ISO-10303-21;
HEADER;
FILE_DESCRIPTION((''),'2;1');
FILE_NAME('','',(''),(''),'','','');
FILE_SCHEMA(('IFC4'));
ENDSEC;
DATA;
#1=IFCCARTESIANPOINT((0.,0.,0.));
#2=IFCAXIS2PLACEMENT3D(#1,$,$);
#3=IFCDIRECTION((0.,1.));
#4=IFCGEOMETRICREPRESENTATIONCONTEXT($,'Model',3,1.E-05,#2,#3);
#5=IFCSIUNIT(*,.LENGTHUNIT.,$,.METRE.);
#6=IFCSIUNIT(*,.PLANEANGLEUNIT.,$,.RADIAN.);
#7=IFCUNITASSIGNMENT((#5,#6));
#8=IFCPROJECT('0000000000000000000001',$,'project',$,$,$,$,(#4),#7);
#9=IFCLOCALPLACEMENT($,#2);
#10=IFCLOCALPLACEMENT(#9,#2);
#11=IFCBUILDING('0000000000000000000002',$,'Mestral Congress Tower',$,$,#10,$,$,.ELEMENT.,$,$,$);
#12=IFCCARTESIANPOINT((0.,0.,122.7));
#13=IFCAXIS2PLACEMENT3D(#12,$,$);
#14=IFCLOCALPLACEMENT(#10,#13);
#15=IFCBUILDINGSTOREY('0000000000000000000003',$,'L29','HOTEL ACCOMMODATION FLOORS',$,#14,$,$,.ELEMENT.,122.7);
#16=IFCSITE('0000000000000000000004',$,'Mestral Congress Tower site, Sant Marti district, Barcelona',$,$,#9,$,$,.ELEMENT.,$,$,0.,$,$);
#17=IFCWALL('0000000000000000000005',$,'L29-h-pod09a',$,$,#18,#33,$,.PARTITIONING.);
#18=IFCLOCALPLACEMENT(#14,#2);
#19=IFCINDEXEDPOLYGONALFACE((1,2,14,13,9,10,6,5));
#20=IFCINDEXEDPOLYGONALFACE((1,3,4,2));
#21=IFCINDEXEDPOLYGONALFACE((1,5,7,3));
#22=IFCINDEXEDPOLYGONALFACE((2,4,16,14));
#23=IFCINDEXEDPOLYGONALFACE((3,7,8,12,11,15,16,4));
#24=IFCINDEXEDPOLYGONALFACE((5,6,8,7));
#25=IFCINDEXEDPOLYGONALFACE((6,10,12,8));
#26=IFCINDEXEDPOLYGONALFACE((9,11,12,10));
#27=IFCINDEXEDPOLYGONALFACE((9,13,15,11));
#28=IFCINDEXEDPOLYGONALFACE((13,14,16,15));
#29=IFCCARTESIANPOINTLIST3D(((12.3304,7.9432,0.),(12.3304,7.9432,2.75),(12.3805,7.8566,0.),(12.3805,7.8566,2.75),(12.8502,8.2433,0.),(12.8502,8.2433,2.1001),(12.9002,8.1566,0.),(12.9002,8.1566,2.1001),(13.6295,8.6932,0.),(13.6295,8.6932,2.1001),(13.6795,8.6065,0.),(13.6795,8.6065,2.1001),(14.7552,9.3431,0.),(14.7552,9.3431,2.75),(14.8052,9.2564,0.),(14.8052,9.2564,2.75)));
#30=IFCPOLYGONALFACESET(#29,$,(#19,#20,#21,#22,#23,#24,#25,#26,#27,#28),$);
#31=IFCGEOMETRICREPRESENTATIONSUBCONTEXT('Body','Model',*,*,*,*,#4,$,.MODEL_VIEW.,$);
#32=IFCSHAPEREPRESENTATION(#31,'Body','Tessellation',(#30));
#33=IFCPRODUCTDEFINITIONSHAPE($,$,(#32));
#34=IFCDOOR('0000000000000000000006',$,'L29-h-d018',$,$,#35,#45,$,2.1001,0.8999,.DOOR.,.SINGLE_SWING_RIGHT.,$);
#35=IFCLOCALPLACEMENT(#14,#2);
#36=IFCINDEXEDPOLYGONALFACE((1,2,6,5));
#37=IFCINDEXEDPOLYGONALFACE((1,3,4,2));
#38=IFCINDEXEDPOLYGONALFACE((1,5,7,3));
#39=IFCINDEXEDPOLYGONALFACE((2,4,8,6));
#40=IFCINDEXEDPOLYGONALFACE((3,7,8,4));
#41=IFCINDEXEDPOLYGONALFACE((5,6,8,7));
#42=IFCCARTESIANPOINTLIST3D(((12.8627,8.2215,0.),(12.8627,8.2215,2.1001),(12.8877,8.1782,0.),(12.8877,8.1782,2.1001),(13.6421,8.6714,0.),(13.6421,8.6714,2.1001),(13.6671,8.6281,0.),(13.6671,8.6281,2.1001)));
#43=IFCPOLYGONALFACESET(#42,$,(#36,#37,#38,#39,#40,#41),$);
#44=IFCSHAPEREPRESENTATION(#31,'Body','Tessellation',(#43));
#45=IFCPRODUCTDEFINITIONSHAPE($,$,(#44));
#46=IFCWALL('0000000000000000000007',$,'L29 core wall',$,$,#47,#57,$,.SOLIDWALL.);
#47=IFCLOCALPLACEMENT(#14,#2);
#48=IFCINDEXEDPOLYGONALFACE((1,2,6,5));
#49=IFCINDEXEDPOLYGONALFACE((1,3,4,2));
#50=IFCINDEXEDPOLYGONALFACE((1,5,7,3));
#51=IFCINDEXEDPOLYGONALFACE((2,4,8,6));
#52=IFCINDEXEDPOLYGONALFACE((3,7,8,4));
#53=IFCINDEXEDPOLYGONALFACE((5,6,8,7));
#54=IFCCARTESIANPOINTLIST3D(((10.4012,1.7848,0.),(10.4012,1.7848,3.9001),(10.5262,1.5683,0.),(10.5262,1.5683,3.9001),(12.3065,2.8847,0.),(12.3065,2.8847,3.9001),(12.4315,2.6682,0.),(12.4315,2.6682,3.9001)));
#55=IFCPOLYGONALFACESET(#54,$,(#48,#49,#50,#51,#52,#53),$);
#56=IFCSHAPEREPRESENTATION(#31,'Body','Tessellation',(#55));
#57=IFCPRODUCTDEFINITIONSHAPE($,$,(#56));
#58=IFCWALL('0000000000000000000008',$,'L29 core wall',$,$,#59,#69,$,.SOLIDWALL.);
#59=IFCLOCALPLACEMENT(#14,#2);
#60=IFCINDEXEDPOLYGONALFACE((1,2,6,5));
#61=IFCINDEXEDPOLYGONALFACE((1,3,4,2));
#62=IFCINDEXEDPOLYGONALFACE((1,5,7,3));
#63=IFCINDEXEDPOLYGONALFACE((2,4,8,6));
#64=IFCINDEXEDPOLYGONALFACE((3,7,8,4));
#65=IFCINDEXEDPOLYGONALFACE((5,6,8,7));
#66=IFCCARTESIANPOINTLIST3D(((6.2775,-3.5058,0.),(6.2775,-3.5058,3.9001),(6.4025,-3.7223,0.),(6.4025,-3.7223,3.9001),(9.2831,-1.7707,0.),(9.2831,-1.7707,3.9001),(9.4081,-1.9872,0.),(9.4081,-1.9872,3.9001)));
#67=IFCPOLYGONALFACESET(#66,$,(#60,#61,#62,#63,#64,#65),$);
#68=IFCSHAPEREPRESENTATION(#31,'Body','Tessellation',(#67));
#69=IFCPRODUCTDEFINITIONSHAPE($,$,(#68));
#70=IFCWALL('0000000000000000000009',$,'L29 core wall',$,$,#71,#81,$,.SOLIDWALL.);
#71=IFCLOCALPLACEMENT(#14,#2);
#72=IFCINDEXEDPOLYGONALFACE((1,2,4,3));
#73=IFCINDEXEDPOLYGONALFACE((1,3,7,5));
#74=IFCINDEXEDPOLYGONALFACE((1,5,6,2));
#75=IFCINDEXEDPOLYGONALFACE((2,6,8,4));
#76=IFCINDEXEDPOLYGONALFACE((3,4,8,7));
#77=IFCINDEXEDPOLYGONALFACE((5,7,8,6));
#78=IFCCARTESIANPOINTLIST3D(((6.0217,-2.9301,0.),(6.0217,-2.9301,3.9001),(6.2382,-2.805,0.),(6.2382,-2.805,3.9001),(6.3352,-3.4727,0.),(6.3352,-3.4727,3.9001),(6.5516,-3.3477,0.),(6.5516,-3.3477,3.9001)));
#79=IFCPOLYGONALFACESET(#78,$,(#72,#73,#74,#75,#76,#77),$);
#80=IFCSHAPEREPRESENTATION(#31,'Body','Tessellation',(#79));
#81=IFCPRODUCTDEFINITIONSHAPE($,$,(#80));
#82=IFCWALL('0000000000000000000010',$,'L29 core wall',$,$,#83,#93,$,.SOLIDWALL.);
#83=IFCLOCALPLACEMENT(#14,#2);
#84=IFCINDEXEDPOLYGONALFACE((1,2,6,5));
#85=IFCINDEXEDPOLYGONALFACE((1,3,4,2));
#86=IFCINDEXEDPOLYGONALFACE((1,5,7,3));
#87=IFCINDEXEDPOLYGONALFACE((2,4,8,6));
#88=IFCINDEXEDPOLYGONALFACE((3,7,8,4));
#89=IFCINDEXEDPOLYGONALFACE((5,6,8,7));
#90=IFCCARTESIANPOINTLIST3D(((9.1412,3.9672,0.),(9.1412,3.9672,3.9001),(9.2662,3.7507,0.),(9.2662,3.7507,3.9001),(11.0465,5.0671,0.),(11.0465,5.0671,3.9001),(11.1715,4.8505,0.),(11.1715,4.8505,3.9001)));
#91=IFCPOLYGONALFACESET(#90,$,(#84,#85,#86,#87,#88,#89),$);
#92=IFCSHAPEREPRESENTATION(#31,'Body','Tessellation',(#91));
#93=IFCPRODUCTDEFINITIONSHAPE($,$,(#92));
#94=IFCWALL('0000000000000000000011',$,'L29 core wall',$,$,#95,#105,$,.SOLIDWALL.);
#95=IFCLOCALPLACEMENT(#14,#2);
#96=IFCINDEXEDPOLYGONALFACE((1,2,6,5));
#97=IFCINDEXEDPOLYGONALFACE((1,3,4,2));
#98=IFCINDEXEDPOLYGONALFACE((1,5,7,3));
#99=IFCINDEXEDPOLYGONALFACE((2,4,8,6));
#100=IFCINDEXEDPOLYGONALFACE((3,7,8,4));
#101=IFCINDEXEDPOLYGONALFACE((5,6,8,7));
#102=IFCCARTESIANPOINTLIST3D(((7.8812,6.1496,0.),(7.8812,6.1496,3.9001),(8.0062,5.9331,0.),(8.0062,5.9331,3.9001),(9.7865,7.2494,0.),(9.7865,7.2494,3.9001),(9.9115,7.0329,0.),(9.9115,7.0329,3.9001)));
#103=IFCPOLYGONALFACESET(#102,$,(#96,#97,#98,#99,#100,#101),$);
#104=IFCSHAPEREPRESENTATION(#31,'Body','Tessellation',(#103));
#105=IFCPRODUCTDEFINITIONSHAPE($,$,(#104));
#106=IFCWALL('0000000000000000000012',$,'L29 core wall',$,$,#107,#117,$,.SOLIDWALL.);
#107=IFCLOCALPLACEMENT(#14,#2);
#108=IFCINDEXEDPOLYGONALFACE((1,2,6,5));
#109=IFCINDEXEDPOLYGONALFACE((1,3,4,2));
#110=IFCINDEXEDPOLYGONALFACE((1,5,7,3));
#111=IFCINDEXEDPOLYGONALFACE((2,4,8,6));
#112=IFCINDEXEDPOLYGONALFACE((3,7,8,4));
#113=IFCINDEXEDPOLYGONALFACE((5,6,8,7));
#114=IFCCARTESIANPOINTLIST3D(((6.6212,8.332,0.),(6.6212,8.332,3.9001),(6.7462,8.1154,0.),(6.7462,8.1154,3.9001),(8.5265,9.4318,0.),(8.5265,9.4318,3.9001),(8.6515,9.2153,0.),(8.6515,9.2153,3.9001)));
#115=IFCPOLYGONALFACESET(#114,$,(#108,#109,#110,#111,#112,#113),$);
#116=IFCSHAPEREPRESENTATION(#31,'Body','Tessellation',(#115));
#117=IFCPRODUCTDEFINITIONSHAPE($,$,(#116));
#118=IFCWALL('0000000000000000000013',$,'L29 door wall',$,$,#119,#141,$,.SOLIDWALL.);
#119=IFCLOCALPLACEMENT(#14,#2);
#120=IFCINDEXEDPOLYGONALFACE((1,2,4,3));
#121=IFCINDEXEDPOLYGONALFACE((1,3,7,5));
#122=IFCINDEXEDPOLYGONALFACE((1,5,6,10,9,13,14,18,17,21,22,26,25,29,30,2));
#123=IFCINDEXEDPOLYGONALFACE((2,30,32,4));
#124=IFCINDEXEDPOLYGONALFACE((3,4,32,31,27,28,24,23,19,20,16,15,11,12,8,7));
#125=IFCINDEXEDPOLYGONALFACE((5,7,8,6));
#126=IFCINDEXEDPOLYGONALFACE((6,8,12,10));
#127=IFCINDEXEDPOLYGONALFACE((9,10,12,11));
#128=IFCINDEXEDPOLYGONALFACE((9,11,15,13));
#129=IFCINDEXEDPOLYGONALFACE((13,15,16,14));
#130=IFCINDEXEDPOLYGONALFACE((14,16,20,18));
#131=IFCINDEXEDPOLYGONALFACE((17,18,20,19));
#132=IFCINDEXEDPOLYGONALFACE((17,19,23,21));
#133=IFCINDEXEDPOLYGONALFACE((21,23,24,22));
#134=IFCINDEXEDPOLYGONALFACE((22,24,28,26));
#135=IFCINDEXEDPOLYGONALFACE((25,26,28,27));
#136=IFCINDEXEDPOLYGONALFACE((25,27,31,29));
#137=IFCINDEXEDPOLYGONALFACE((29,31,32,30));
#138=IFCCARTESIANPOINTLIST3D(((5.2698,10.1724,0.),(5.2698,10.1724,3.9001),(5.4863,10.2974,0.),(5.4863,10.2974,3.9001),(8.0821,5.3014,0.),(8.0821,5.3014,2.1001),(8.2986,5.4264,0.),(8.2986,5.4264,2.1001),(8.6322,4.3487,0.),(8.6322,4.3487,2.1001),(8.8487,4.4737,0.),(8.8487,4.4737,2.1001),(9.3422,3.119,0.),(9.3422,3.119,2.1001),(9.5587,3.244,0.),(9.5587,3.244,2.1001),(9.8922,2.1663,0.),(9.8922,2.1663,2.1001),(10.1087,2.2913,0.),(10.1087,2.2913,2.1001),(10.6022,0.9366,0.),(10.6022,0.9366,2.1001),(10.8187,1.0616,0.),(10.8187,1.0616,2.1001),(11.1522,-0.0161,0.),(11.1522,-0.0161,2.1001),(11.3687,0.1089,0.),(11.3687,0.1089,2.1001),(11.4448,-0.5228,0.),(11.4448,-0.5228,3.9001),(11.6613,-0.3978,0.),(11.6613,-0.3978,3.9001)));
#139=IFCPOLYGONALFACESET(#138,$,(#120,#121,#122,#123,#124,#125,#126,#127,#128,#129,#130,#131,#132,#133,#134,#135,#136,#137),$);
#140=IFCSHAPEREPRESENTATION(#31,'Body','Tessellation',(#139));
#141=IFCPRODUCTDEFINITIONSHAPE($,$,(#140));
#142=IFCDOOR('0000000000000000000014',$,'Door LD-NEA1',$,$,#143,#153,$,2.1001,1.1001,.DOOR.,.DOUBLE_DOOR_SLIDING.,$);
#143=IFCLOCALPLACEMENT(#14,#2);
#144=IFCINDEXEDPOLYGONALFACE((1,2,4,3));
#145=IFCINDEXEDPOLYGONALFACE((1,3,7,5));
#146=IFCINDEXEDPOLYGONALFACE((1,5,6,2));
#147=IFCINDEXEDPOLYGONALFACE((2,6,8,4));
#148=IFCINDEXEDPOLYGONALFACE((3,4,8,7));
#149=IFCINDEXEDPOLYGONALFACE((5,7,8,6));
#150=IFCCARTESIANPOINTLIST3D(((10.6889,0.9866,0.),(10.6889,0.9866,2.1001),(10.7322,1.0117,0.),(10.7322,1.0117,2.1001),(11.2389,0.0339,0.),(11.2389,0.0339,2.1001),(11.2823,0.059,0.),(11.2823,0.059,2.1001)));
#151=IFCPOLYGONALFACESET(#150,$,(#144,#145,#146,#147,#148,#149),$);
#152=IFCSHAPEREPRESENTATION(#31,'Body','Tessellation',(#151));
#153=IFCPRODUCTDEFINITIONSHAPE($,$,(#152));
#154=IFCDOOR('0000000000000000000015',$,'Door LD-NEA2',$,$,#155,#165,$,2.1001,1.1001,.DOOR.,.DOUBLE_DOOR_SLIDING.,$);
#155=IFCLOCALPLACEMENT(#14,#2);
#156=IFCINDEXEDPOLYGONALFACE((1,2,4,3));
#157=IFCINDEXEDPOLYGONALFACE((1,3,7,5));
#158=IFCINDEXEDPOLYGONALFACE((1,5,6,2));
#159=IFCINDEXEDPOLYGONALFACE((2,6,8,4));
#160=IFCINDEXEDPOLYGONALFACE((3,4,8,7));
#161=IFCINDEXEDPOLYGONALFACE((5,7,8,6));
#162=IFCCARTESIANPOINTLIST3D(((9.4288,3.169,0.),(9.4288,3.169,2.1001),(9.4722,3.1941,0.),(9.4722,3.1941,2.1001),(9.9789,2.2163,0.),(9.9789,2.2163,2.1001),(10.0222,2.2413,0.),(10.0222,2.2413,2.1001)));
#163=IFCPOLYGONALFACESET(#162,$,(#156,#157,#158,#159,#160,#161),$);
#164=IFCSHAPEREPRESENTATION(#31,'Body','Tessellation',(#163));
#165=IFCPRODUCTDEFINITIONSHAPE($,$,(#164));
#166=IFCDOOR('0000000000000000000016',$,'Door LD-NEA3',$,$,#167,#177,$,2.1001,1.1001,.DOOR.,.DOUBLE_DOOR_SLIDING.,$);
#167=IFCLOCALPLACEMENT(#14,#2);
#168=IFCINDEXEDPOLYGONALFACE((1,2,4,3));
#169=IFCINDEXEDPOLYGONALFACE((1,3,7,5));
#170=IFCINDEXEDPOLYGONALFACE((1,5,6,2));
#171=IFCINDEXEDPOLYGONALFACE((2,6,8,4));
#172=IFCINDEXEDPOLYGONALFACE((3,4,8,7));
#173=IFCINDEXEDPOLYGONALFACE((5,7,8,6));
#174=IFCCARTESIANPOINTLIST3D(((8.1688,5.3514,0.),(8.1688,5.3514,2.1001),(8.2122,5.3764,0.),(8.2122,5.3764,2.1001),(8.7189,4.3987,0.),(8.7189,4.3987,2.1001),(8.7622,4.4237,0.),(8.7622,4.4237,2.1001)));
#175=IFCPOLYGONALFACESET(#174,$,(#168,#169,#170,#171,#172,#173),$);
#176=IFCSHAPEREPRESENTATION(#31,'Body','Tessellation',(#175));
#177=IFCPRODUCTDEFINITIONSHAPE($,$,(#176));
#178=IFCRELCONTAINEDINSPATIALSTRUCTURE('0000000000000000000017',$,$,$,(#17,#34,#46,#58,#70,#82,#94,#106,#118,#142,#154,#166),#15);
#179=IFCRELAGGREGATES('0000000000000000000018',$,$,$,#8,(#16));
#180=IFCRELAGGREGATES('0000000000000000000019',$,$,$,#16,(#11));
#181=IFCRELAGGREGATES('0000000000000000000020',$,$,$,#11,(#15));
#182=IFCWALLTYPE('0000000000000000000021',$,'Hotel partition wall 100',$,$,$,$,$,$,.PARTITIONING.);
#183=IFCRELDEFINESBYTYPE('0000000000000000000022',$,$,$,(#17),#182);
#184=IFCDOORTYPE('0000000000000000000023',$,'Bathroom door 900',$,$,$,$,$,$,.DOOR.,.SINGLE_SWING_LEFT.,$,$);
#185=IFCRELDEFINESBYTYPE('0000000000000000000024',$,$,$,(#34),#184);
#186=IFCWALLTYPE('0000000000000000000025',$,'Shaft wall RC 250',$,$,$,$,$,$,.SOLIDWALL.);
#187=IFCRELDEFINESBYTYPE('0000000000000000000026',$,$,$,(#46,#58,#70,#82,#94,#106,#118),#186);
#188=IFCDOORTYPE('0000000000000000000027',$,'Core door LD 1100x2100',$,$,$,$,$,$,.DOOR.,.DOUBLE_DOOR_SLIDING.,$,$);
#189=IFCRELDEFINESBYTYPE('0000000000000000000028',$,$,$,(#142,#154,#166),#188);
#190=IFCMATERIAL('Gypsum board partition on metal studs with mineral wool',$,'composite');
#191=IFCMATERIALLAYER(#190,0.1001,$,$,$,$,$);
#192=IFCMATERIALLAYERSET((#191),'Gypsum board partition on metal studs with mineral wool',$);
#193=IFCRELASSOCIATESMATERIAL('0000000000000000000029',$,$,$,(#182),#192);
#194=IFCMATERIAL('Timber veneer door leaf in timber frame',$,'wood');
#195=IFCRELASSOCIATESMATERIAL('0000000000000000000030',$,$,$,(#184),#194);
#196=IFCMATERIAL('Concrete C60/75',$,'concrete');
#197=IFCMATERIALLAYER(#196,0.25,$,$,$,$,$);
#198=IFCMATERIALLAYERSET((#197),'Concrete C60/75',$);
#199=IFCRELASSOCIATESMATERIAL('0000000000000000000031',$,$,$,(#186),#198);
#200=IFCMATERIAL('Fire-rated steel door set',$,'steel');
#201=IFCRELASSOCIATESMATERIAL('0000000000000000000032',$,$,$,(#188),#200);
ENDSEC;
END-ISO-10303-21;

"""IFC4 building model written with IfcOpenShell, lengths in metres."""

from ifc_helpers import new_model, si_unit, direction, frame, frame_2d, origin, place, context, subcontext, project, spatial, rectangle, extrude, material, layer, layer_set, type_object, element, fill, save


model = new_model("IFC4")

# Units and contexts
model_context = context("Model", 3, precision=1e-05, world=origin(), true_north=direction((0.0, 1.0)))
body_context = subcontext(model_context, "Body", "Model", "MODEL_VIEW")
ifc_project = project(units=[si_unit("LENGTHUNIT", "METRE"), si_unit("PLANEANGLEUNIT", "RADIAN")], contexts=[model_context])

# Site, building, storey
site_placement = place(None, origin())
site = spatial("IfcSite", under=ifc_project, at=site_placement, Name="Mestral Congress Tower site, Sant Marti district, Barcelona", CompositionType="ELEMENT", RefElevation=0.0)
building_placement = place(site_placement, origin())
building = spatial("IfcBuilding", under=site, at=building_placement, Name="Mestral Congress Tower", CompositionType="ELEMENT")
storey_placement = place(building_placement, frame((0.0, 0.0, 122.7)))
storey = spatial("IfcBuildingStorey", under=building, at=storey_placement, Name="L29", Description="HOTEL ACCOMMODATION FLOORS", CompositionType="ELEMENT", Elevation=122.7)

# Wall, opening, door
ifc_material_1 = material(Name="Gypsum board partition on metal studs with mineral wool", Category="composite")
ifc_layer_1 = layer(ifc_material_1, 0.1001)
ifc_layer_set_1 = layer_set([ifc_layer_1], Name="Gypsum board partition on metal studs with mineral wool")
wall_type_1 = type_object("IfcWallType", Name="Hotel partition wall 100", PredefinedType="PARTITIONING", material=ifc_layer_set_1)
wall_1_placement = place(storey_placement, frame((12.3555, 7.8999, 0.0), z_axis=(0.0, 0.0, 1.0), x_axis=(0.866035, 0.499984, 0.0)))
wall_1 = element("IfcWall", 1, at=wall_1_placement, inside=storey, type_object=wall_type_1, Name="L29-h-pod09a", PredefinedType="PARTITIONING", context=body_context, shape_type="SweptSolid", body=[
    extrude(rectangle(XDim=2.7998, YDim=0.1001, at=frame_2d((1.3999, 0.0))), origin(), (0.0, 0.0, 1.0), 2.75),
])
opening_1_placement = place(wall_1_placement, frame((0.6001, 0.0, 0.0)))
opening_1 = element("IfcOpeningElement", 2, at=opening_1_placement, cuts=wall_1, PredefinedType="OPENING", context=body_context, shape_type="SweptSolid", body=[
    extrude(rectangle(XDim=0.8999, YDim=2.1001, at=frame_2d((0.45, 1.05))), frame((0.0, 0.0601, 0.0), z_axis=(0.0, -1.0, 0.0), x_axis=(1.0, 0.0, 0.0)), (0.0, 0.0, 1.0), 0.1201),
])
ifc_material_2 = material(Name="Timber veneer door leaf in timber frame", Category="wood")
door_type_1 = type_object("IfcDoorType", Name="Bathroom door 900", OperationType="SINGLE_SWING_LEFT", PredefinedType="DOOR", material=ifc_material_2)
door_1_placement = place(opening_1_placement, origin())
door_1 = element("IfcDoor", 3, at=door_1_placement, inside=storey, type_object=door_type_1, Name="L29-h-d018", OperationType="SINGLE_SWING_RIGHT", OverallHeight=2.1001, OverallWidth=0.8999, PredefinedType="DOOR", context=body_context, shape_type="SweptSolid", body=[
    extrude(rectangle(XDim=0.8999, YDim=2.1001, at=frame_2d((0.45, 1.05))), frame((0.0, 0.0249, 0.0), z_axis=(0.0, -1.0, 0.0), x_axis=(1.0, 0.0, 0.0)), (0.0, 0.0, 1.0), 0.05),
])
fill(opening_1, door_1)

# Walls
ifc_material_3 = material(Name="Concrete C60/75", Category="concrete")
ifc_layer_2 = layer(ifc_material_3, 0.25)
ifc_layer_set_2 = layer_set([ifc_layer_2], Name="Concrete C60/75")
wall_type_2 = type_object("IfcWallType", Name="Shaft wall RC 250", PredefinedType="SOLIDWALL", material=ifc_layer_set_2)
wall_2_placement = place(storey_placement, frame((10.4636, 1.6765, 0.0), z_axis=(0.0, 0.0, 1.0), x_axis=(0.866056, 0.499947, 0.0)))
element("IfcWall", 4, at=wall_2_placement, inside=storey, type_object=wall_type_2, Name="L29 core wall", PredefinedType="SOLIDWALL", context=body_context, shape_type="SweptSolid", body=[
    extrude(rectangle(XDim=2.2, YDim=0.25, at=frame_2d((1.1001, 0.0))), origin(), (0.0, 0.0, 1.0), 3.9001),
])
wall_3_placement = place(storey_placement, frame((9.3457, -1.8789, 0.0), z_axis=(0.0, 0.0, 1.0), x_axis=(-0.866049, -0.49996, 0.0)))
element("IfcWall", 5, at=wall_3_placement, inside=storey, type_object=wall_type_2, Name="L29 core wall", PredefinedType="SOLIDWALL", context=body_context, shape_type="SweptSolid", body=[
    extrude(rectangle(XDim=3.4705, YDim=0.25, at=frame_2d((1.7354, 0.0))), origin(), (0.0, 0.0, 1.0), 3.9001),
])
wall_4_placement = place(storey_placement, frame((6.1299, -2.8674, 0.0), z_axis=(0.0, 0.0, 1.0), x_axis=(0.500161, -0.865933, 0.0)))
element("IfcWall", 6, at=wall_4_placement, inside=storey, type_object=wall_type_2, Name="L29 core wall", PredefinedType="SOLIDWALL", context=body_context, shape_type="SweptSolid", body=[
    extrude(rectangle(XDim=0.6267, YDim=0.25, at=frame_2d((0.3135, 0.0))), origin(), (0.0, 0.0, 1.0), 3.9001),
])
for number, where, z_axis, x_axis, name in (
    (7, (9.2036, 3.8589, 0.0), (0.0, 0.0, 1.0), (0.866056, 0.499947, 0.0), "L29 core wall"),
    (8, (7.9436, 6.0413, 0.0), (0.0, 0.0, 1.0), (0.866056, 0.499947, 0.0), "L29 core wall"),
    (9, (6.6836, 8.2236, 0.0), (0.0, 0.0, 1.0), (0.866056, 0.499947, 0.0), "L29 core wall"),
):
    element("IfcWall", number, at=place(storey_placement, frame(where, z_axis=z_axis, x_axis=x_axis)), inside=storey, type_object=wall_type_2, Name=name, PredefinedType="SOLIDWALL", context=body_context, shape_type="SweptSolid", body=[
        extrude(rectangle(XDim=2.2, YDim=0.25, at=frame_2d((1.1001, 0.0))), origin(), (0.0, 0.0, 1.0), 3.9001),
    ])

# Wall, openings, doors
wall_5_placement = place(storey_placement, frame((11.553, -0.4602, 0.0), z_axis=(0.0, 0.0, 1.0), x_axis=(-0.500007, 0.866022, 0.0)))
wall_5 = element("IfcWall", 10, at=wall_5_placement, inside=storey, type_object=wall_type_2, Name="L29 door wall", PredefinedType="SOLIDWALL", context=body_context, shape_type="SweptSolid", body=[
    extrude(rectangle(XDim=12.3499, YDim=0.25, at=frame_2d((6.1748, 0.0))), origin(), (0.0, 0.0, 1.0), 3.9001),
])
opening_2_placement = place(wall_5_placement, frame((0.585, 0.0, 0.0)))
opening_2 = element("IfcOpeningElement", 11, at=opening_2_placement, cuts=wall_5, PredefinedType="OPENING", context=body_context, shape_type="SweptSolid", body=[
    extrude(rectangle(XDim=1.1001, YDim=2.1001, at=frame_2d((0.55, 1.05))), frame((0.0, 0.135, 0.0), z_axis=(0.0, -1.0, 0.0), x_axis=(1.0, 0.0, 0.0)), (0.0, 0.0, 1.0), 0.27),
])
opening_3_placement = place(wall_5_placement, frame((3.105, 0.0, 0.0)))
opening_3 = element("IfcOpeningElement", 12, at=opening_3_placement, cuts=wall_5, PredefinedType="OPENING", context=body_context, shape_type="SweptSolid", body=[
    extrude(rectangle(XDim=1.1001, YDim=2.1001, at=frame_2d((0.55, 1.05))), frame((0.0, 0.135, 0.0), z_axis=(0.0, -1.0, 0.0), x_axis=(1.0, 0.0, 0.0)), (0.0, 0.0, 1.0), 0.27),
])
opening_4_placement = place(wall_5_placement, frame((5.625, 0.0, 0.0)))
opening_4 = element("IfcOpeningElement", 13, at=opening_4_placement, cuts=wall_5, PredefinedType="OPENING", context=body_context, shape_type="SweptSolid", body=[
    extrude(rectangle(XDim=1.1001, YDim=2.1001, at=frame_2d((0.55, 1.05))), frame((0.0, 0.135, 0.0), z_axis=(0.0, -1.0, 0.0), x_axis=(1.0, 0.0, 0.0)), (0.0, 0.0, 1.0), 0.27),
])
ifc_material_4 = material(Name="Fire-rated steel door set", Category="steel")
door_type_2 = type_object("IfcDoorType", Name="Core door LD 1100x2100", OperationType="DOUBLE_DOOR_SLIDING", PredefinedType="DOOR", material=ifc_material_4)
door_2_placement = place(opening_2_placement, origin())
door_2 = element("IfcDoor", 14, at=door_2_placement, inside=storey, type_object=door_type_2, Name="Door LD-NEA1", OperationType="DOUBLE_DOOR_SLIDING", OverallHeight=2.1001, OverallWidth=1.1001, PredefinedType="DOOR", context=body_context, shape_type="SweptSolid", body=[
    extrude(rectangle(XDim=1.1001, YDim=2.1001, at=frame_2d((0.55, 1.05))), frame((0.0, 0.0249, 0.0), z_axis=(0.0, -1.0, 0.0), x_axis=(1.0, 0.0, 0.0)), (0.0, 0.0, 1.0), 0.05),
])
fill(opening_2, door_2)
door_3_placement = place(opening_3_placement, origin())
door_3 = element("IfcDoor", 15, at=door_3_placement, inside=storey, type_object=door_type_2, Name="Door LD-NEA2", OperationType="DOUBLE_DOOR_SLIDING", OverallHeight=2.1001, OverallWidth=1.1001, PredefinedType="DOOR", context=body_context, shape_type="SweptSolid", body=[
    extrude(rectangle(XDim=1.1001, YDim=2.1001, at=frame_2d((0.55, 1.05))), frame((0.0, 0.0249, 0.0), z_axis=(0.0, -1.0, 0.0), x_axis=(1.0, 0.0, 0.0)), (0.0, 0.0, 1.0), 0.05),
])
fill(opening_3, door_3)
door_4_placement = place(opening_4_placement, origin())
door_4 = element("IfcDoor", 16, at=door_4_placement, inside=storey, type_object=door_type_2, Name="Door LD-NEA3", OperationType="DOUBLE_DOOR_SLIDING", OverallHeight=2.1001, OverallWidth=1.1001, PredefinedType="DOOR", context=body_context, shape_type="SweptSolid", body=[
    extrude(rectangle(XDim=1.1001, YDim=2.1001, at=frame_2d((0.55, 1.05))), frame((0.0, 0.0249, 0.0), z_axis=(0.0, -1.0, 0.0), x_axis=(1.0, 0.0, 0.0)), (0.0, 0.0, 1.0), 0.05),
])
fill(opening_4, door_4)

save(model, "model.ifc")
